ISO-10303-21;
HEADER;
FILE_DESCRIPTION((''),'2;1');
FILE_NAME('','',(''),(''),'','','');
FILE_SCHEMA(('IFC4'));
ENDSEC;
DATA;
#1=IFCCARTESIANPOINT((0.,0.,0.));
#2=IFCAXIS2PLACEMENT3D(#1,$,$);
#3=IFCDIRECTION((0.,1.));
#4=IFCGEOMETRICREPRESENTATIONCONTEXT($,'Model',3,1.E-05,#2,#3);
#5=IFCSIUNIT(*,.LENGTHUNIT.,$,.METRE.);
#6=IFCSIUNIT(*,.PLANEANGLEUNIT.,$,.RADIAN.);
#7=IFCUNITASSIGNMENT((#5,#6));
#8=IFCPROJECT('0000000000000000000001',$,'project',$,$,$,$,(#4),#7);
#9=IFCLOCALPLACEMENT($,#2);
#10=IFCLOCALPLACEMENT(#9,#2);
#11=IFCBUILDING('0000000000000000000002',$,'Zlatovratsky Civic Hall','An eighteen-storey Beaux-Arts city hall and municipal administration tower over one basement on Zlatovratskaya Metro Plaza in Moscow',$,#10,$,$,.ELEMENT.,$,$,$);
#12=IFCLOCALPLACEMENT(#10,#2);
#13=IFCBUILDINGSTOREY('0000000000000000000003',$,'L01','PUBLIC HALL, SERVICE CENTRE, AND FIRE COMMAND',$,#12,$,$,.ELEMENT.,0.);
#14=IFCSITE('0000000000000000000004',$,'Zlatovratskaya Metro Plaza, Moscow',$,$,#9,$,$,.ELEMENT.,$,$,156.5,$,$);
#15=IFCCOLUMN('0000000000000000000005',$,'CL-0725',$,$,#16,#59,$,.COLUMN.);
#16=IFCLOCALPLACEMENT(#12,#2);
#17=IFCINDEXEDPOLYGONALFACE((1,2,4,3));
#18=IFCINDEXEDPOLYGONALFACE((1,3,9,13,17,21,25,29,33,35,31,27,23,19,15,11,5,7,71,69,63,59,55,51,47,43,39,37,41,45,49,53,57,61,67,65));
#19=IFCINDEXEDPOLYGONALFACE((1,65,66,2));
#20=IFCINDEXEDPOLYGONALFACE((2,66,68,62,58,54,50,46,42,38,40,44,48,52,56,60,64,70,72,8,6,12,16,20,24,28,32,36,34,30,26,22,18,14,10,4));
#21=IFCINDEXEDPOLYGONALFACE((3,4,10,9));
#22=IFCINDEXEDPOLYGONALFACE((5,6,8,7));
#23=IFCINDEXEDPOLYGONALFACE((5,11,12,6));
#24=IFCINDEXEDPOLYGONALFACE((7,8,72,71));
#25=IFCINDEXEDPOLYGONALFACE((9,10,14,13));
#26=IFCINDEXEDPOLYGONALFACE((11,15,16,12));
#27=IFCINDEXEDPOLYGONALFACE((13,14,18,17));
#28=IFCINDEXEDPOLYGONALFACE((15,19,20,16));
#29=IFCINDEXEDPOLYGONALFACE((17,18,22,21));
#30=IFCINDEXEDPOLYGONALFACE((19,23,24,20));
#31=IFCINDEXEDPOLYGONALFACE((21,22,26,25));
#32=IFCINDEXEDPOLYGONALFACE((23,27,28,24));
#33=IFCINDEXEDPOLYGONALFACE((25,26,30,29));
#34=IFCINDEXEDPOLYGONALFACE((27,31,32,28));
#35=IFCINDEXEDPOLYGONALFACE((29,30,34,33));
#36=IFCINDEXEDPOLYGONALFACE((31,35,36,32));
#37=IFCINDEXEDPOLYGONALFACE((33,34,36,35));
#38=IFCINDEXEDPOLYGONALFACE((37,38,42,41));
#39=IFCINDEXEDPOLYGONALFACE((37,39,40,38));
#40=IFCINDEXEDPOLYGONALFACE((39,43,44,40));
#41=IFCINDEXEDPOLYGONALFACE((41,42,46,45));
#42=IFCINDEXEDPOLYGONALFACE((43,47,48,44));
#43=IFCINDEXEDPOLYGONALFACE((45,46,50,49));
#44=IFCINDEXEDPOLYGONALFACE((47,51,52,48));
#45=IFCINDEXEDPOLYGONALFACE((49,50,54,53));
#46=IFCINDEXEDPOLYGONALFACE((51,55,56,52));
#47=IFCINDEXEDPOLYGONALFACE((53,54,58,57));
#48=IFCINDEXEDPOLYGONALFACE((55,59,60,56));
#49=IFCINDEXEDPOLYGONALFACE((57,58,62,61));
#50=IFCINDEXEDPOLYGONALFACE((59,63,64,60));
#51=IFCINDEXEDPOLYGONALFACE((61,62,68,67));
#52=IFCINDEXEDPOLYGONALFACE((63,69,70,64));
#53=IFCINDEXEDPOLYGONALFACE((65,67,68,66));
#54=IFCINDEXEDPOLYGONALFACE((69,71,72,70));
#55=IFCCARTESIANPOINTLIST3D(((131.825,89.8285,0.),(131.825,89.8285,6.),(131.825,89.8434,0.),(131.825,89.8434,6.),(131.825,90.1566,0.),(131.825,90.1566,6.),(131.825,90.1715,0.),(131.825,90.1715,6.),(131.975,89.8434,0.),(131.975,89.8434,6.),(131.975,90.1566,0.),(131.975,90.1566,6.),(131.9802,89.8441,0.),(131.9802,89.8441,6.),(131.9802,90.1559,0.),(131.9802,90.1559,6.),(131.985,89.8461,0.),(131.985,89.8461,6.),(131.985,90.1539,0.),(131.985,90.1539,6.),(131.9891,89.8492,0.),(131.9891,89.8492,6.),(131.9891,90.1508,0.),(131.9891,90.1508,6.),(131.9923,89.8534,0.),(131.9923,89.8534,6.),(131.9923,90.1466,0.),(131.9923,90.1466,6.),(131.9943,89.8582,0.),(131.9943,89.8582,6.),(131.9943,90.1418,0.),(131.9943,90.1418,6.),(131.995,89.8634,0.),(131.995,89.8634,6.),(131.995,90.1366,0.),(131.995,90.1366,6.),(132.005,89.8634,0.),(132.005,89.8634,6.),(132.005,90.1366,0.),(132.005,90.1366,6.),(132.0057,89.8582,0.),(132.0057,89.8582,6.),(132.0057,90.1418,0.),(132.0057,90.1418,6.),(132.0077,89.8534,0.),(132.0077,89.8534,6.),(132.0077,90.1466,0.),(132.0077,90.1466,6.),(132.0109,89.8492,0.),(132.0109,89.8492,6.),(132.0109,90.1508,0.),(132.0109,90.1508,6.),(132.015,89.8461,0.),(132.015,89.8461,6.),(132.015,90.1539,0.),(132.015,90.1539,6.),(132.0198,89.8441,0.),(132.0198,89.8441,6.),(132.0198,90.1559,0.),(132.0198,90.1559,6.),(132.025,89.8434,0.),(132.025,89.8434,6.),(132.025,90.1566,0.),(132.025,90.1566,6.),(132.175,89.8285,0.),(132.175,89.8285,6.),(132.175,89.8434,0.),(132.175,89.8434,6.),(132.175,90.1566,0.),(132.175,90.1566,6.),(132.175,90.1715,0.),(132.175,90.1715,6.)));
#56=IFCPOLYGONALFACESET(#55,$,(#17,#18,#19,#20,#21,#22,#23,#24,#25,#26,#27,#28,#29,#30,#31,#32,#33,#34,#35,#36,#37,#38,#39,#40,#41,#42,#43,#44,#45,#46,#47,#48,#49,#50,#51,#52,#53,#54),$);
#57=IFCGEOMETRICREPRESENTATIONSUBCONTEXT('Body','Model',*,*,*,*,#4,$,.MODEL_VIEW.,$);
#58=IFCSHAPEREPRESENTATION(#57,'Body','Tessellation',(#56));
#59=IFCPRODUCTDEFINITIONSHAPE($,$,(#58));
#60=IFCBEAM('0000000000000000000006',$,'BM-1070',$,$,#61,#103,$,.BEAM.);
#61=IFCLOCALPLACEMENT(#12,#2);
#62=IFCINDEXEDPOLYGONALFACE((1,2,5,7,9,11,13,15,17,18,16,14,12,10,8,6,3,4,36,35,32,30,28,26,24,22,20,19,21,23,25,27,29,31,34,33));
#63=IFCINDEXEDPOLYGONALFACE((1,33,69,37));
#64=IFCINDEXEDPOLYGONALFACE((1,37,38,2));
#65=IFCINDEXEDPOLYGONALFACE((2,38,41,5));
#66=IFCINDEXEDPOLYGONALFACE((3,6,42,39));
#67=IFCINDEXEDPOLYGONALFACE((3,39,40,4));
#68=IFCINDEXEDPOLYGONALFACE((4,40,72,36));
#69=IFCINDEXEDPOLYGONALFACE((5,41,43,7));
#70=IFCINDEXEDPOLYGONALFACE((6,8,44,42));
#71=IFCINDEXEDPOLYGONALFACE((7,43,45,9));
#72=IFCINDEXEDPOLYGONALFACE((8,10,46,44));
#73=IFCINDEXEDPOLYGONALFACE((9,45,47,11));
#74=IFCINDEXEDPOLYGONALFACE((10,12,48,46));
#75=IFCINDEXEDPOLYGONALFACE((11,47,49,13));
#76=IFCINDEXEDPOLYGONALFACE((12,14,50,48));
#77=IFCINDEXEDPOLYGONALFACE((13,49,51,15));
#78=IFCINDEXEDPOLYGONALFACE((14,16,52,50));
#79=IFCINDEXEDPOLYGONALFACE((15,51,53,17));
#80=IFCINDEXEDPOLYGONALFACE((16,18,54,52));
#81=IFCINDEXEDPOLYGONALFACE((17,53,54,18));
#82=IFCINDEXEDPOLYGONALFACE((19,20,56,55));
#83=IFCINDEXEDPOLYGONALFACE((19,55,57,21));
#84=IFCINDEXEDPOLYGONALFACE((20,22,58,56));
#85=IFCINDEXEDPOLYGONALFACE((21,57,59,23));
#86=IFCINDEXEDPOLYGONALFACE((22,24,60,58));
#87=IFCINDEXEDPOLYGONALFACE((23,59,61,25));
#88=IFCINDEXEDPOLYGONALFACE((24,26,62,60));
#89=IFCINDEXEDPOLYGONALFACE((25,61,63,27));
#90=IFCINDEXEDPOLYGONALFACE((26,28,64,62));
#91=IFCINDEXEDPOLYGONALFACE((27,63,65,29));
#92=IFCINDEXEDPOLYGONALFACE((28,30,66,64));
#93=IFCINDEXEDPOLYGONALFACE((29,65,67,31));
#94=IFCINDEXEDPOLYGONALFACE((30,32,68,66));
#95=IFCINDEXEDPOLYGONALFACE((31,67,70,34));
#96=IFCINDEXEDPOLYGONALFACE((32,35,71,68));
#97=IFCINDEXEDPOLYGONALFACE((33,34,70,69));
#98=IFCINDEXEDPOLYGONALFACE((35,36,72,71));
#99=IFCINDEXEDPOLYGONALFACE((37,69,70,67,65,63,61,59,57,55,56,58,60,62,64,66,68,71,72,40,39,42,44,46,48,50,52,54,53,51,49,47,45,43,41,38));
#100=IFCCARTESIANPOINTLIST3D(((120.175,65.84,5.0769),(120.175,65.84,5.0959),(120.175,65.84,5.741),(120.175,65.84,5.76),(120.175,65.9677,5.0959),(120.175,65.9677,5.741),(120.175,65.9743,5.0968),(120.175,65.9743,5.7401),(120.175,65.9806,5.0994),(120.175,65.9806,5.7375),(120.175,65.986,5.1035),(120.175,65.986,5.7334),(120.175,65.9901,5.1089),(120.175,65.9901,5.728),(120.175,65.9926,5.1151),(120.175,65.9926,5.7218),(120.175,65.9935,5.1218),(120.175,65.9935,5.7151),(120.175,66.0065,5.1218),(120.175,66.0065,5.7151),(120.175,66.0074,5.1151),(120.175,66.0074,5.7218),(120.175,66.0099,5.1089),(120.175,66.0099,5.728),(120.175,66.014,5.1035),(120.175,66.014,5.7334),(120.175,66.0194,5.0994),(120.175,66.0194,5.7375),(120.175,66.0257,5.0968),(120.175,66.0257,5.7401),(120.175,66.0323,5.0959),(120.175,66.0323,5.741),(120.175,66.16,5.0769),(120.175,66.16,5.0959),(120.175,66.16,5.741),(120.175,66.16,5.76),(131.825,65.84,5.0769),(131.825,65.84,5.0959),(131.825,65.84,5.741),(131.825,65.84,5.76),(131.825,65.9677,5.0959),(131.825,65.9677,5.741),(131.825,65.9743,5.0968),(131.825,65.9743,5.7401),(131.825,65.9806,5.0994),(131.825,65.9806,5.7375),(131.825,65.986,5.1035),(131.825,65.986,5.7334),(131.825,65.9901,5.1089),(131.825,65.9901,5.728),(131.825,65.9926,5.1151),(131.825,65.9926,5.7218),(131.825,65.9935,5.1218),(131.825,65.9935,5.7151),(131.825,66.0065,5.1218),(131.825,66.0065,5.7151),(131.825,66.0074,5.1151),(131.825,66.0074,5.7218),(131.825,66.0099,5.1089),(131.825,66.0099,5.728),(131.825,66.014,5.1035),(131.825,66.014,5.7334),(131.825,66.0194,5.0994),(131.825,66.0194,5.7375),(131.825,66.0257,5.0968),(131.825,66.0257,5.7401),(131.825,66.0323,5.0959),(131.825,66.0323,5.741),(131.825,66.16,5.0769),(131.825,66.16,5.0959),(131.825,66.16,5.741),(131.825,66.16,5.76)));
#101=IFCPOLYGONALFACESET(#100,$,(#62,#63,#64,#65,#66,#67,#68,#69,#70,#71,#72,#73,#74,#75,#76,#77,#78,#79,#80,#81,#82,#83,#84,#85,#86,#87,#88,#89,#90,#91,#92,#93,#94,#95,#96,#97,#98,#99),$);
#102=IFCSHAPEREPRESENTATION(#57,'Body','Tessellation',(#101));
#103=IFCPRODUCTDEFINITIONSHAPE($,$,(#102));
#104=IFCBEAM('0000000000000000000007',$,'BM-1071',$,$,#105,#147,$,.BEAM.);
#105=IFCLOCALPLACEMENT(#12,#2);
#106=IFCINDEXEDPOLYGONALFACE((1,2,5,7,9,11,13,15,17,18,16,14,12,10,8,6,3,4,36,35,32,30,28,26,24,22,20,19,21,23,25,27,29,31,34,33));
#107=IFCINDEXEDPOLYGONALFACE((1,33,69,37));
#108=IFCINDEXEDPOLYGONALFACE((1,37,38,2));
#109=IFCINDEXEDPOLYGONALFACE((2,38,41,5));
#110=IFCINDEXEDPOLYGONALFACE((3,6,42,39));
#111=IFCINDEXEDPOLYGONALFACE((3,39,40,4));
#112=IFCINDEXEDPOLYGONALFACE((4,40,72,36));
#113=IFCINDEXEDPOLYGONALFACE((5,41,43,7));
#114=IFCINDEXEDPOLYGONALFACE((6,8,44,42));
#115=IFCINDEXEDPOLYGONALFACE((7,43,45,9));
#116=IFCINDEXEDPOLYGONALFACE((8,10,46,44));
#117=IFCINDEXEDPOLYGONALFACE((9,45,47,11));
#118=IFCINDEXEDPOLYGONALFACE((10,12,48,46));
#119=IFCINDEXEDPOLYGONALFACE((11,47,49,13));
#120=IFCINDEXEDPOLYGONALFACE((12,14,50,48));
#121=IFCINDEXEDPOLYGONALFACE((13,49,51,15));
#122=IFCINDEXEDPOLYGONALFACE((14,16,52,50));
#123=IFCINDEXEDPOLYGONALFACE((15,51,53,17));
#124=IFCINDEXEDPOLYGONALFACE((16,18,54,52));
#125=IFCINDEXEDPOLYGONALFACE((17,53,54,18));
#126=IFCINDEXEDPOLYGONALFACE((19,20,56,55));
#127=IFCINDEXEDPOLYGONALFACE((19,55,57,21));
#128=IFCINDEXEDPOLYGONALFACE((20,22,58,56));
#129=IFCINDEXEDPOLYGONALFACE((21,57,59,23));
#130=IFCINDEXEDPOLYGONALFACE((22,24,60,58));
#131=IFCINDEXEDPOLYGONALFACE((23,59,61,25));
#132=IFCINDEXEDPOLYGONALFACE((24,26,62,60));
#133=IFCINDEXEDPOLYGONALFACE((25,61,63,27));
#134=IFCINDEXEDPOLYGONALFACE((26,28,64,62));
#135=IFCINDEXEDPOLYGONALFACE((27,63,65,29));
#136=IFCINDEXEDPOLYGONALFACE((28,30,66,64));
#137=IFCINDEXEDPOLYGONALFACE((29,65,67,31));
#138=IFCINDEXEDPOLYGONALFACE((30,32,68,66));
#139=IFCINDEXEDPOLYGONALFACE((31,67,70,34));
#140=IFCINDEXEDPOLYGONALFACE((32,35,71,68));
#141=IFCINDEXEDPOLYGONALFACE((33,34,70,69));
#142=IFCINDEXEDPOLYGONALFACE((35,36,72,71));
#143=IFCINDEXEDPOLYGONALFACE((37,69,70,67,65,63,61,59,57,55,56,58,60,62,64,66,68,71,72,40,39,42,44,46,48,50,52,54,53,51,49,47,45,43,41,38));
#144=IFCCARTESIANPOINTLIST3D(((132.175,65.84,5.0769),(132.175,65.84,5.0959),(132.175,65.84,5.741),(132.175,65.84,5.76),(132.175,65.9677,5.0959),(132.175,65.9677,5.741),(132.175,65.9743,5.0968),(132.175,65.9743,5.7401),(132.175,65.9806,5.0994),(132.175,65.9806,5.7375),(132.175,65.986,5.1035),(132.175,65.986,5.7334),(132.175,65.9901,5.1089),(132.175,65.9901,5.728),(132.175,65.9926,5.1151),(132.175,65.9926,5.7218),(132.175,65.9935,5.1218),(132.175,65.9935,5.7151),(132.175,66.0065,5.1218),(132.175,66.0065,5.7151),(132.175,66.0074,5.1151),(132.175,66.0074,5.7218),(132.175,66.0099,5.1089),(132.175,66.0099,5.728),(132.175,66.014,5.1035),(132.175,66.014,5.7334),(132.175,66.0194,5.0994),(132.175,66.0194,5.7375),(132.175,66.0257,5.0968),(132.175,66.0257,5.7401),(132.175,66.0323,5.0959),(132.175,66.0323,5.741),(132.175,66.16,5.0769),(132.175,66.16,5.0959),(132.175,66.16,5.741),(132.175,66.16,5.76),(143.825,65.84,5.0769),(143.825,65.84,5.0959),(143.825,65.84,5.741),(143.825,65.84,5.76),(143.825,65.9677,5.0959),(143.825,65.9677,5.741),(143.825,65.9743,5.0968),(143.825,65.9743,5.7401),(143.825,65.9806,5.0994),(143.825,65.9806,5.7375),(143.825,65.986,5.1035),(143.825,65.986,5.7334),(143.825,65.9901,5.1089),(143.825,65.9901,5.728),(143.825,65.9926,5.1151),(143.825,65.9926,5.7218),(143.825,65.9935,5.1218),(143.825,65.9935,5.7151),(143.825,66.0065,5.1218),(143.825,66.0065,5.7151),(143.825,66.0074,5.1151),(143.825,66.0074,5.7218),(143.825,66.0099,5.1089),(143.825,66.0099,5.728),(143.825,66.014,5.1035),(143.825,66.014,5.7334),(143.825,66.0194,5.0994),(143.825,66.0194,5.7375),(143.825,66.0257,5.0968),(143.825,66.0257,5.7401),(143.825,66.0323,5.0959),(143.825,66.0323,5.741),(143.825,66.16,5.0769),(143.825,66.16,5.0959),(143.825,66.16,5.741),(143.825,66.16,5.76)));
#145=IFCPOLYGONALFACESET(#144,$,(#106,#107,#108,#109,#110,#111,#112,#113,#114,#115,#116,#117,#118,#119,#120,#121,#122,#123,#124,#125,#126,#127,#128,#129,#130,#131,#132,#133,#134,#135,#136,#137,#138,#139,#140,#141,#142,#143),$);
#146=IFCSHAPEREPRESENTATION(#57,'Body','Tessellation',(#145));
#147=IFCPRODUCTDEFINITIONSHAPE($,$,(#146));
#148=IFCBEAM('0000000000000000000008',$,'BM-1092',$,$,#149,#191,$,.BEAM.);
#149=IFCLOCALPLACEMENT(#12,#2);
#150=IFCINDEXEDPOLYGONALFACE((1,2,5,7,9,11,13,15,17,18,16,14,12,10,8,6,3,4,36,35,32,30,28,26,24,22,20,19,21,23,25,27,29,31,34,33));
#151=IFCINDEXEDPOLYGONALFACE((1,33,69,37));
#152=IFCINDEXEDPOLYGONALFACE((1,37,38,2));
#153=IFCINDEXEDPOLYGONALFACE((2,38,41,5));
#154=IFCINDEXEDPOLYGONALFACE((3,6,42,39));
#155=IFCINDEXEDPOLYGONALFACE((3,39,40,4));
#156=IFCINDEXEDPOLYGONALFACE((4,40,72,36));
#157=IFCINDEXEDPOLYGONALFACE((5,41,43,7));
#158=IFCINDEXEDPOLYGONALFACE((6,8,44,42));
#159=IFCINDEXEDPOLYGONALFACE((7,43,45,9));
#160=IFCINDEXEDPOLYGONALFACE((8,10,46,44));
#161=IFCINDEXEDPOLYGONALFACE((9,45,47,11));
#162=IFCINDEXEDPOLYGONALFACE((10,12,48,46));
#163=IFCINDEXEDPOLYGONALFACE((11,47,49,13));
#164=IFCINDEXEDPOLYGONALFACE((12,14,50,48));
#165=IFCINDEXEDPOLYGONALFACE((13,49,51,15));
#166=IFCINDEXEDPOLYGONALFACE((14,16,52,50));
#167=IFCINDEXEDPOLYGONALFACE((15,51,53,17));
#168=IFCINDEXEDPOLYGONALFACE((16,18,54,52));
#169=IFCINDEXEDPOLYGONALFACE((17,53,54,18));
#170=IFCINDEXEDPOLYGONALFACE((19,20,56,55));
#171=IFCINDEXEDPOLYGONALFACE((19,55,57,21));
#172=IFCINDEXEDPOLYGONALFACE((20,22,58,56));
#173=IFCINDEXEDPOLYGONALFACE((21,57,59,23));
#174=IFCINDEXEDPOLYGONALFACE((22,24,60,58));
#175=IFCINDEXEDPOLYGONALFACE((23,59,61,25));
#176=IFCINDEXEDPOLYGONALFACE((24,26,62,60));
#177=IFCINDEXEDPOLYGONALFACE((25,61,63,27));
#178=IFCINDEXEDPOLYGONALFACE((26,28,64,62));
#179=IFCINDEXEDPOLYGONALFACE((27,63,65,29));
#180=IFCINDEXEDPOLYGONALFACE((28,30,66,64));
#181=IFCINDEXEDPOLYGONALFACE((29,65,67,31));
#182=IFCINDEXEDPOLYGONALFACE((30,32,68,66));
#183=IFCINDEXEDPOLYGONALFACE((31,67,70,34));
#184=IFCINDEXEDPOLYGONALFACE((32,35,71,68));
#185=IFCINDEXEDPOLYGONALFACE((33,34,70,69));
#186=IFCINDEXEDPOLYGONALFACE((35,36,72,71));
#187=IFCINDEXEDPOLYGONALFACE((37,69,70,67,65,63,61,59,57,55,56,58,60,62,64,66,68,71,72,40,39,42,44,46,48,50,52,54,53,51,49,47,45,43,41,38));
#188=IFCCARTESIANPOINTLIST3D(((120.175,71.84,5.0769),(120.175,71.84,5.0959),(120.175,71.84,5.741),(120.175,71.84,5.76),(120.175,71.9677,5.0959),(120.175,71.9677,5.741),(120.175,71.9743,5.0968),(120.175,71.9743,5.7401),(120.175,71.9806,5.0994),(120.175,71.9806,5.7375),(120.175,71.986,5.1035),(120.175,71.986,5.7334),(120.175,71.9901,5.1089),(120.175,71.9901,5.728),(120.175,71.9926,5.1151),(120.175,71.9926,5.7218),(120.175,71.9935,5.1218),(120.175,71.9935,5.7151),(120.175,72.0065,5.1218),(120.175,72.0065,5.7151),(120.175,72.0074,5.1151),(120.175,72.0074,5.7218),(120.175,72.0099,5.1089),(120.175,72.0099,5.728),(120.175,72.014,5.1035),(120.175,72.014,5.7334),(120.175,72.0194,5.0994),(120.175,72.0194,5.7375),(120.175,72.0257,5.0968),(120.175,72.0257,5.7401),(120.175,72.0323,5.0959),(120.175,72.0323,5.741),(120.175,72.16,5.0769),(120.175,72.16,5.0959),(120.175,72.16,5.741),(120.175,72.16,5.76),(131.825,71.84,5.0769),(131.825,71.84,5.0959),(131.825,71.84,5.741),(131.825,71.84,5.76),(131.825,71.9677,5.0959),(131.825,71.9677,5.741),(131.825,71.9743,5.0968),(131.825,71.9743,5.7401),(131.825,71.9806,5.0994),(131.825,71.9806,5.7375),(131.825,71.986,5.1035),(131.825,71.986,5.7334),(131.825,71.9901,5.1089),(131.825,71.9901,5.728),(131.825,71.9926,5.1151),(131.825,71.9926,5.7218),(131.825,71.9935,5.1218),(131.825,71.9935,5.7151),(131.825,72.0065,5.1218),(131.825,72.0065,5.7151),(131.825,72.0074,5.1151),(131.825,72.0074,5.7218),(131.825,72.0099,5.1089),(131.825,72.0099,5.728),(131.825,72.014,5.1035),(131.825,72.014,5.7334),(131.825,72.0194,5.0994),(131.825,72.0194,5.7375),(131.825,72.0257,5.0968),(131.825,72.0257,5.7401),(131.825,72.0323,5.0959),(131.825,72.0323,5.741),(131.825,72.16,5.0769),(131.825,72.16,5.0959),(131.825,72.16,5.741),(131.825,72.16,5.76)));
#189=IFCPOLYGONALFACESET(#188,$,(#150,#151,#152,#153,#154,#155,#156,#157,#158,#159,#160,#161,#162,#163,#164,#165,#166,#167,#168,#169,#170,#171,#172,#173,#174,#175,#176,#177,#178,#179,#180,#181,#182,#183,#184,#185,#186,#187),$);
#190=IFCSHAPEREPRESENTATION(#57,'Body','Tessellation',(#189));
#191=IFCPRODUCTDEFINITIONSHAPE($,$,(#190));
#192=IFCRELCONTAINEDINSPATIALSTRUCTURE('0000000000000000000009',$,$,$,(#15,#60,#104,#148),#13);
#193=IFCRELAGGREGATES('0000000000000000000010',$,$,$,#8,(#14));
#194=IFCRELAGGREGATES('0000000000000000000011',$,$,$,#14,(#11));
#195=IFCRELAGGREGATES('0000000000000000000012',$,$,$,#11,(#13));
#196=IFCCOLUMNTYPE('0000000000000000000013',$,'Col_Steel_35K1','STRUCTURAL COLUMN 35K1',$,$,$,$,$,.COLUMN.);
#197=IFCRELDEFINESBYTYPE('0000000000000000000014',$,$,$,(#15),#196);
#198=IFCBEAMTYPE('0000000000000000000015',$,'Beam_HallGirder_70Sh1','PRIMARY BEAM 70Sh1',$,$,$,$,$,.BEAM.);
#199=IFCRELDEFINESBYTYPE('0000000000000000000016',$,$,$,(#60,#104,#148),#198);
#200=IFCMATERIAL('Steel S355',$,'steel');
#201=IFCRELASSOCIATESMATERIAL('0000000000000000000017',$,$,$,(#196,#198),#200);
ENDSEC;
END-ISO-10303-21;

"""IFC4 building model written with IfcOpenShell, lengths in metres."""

from ifc_helpers import new_model, si_unit, direction, frame, origin, origin_2d, place, context, subcontext, project, spatial, i_section, extrude, material, material_profile, profile_set, type_object, element, save


model = new_model("IFC4")

# Units and contexts
model_context = context("Model", 3, precision=1e-05, world=origin(), true_north=direction((0.0, 1.0)))
body_context = subcontext(model_context, "Body", "Model", "MODEL_VIEW")
ifc_project = project(units=[si_unit("LENGTHUNIT", "METRE"), si_unit("PLANEANGLEUNIT", "RADIAN")], contexts=[model_context])

# Site, building, storey
site_placement = place(None, origin())
site = spatial("IfcSite", under=ifc_project, at=site_placement, Name="Zlatovratskaya Metro Plaza, Moscow", CompositionType="ELEMENT", RefElevation=156.5)
building_placement = place(site_placement, origin())
building = spatial("IfcBuilding", under=site, at=building_placement, Name="Zlatovratsky Civic Hall", Description="An eighteen-storey Beaux-Arts city hall and municipal administration tower over one basement on Zlatovratskaya Metro Plaza in Moscow", CompositionType="ELEMENT")
storey_placement = place(building_placement, origin())
storey = spatial("IfcBuildingStorey", under=building, at=storey_placement, Name="L01", Description="PUBLIC HALL, SERVICE CENTRE, AND FIRE COMMAND", CompositionType="ELEMENT", Elevation=0.0)

# Column
ifc_material_1 = material(Name="Steel S355", Category="steel")
ifc_material_profile_1 = material_profile(ifc_material_1, i_section(OverallWidth=0.3501, OverallDepth=0.343, WebThickness=0.01, FlangeThickness=0.0149, FilletRadius=0.02, at=origin_2d()), Name="35K1")
ifc_profile_set_1 = profile_set([ifc_material_profile_1], Name="Steel S355")
column_type = type_object("IfcColumnType", Name="Col_Steel_35K1", Description="STRUCTURAL COLUMN 35K1", PredefinedType="COLUMN", material=ifc_profile_set_1)
for number, where, z_axis, x_axis, name in (
    (1, (132.0, 90.0, 0.0), (0.0, 0.0, 1.0), (1.0, 0.0, 0.0), "CL-0725"),
):
    element("IfcColumn", number, at=place(storey_placement, frame(where, z_axis=z_axis, x_axis=x_axis)), inside=storey, type_object=column_type, Name=name, PredefinedType="COLUMN", context=body_context, shape_type="SweptSolid", body=[
        extrude(i_section(OverallWidth=0.3501, OverallDepth=0.343, WebThickness=0.01, FlangeThickness=0.0149, FilletRadius=0.02, at=origin_2d()), origin(), (0.0, 0.0, 1.0), 6.0),
    ])

# Beams
ifc_material_profile_2 = material_profile(ifc_material_1, i_section(OverallWidth=0.3201, OverallDepth=0.6831, WebThickness=0.0129, FlangeThickness=0.019, FilletRadius=0.0259, at=origin_2d()), Name="70Sh1")
ifc_profile_set_2 = profile_set([ifc_material_profile_2], Name="Steel S355")
beam_type_1 = type_object("IfcBeamType", Name="Beam_HallGirder_70Sh1", Description="PRIMARY BEAM 70Sh1", PredefinedType="BEAM", material=ifc_profile_set_2)
for number, where, z_axis, x_axis, name in (
    (2, (120.175, 66.0, 5.4185), (1.0, 0.0, 0.0), (0.0, 1.0, 0.0), "BM-1070"),
    (3, (132.175, 66.0, 5.4185), (1.0, 0.0, 0.0), (0.0, 1.0, 0.0), "BM-1071"),
    (4, (120.175, 72.0, 5.4185), (1.0, 0.0, 0.0), (0.0, 1.0, 0.0), "BM-1092"),
):
    element("IfcBeam", number, at=place(storey_placement, frame(where, z_axis=z_axis, x_axis=x_axis)), inside=storey, type_object=beam_type_1, Name=name, PredefinedType="BEAM", context=body_context, shape_type="SweptSolid", body=[
        extrude(i_section(OverallWidth=0.3201, OverallDepth=0.6831, WebThickness=0.0129, FlangeThickness=0.019, FilletRadius=0.0259, at=origin_2d()), origin(), (0.0, 0.0, 1.0), 11.6499),
    ])

save(model, "model.ifc")
